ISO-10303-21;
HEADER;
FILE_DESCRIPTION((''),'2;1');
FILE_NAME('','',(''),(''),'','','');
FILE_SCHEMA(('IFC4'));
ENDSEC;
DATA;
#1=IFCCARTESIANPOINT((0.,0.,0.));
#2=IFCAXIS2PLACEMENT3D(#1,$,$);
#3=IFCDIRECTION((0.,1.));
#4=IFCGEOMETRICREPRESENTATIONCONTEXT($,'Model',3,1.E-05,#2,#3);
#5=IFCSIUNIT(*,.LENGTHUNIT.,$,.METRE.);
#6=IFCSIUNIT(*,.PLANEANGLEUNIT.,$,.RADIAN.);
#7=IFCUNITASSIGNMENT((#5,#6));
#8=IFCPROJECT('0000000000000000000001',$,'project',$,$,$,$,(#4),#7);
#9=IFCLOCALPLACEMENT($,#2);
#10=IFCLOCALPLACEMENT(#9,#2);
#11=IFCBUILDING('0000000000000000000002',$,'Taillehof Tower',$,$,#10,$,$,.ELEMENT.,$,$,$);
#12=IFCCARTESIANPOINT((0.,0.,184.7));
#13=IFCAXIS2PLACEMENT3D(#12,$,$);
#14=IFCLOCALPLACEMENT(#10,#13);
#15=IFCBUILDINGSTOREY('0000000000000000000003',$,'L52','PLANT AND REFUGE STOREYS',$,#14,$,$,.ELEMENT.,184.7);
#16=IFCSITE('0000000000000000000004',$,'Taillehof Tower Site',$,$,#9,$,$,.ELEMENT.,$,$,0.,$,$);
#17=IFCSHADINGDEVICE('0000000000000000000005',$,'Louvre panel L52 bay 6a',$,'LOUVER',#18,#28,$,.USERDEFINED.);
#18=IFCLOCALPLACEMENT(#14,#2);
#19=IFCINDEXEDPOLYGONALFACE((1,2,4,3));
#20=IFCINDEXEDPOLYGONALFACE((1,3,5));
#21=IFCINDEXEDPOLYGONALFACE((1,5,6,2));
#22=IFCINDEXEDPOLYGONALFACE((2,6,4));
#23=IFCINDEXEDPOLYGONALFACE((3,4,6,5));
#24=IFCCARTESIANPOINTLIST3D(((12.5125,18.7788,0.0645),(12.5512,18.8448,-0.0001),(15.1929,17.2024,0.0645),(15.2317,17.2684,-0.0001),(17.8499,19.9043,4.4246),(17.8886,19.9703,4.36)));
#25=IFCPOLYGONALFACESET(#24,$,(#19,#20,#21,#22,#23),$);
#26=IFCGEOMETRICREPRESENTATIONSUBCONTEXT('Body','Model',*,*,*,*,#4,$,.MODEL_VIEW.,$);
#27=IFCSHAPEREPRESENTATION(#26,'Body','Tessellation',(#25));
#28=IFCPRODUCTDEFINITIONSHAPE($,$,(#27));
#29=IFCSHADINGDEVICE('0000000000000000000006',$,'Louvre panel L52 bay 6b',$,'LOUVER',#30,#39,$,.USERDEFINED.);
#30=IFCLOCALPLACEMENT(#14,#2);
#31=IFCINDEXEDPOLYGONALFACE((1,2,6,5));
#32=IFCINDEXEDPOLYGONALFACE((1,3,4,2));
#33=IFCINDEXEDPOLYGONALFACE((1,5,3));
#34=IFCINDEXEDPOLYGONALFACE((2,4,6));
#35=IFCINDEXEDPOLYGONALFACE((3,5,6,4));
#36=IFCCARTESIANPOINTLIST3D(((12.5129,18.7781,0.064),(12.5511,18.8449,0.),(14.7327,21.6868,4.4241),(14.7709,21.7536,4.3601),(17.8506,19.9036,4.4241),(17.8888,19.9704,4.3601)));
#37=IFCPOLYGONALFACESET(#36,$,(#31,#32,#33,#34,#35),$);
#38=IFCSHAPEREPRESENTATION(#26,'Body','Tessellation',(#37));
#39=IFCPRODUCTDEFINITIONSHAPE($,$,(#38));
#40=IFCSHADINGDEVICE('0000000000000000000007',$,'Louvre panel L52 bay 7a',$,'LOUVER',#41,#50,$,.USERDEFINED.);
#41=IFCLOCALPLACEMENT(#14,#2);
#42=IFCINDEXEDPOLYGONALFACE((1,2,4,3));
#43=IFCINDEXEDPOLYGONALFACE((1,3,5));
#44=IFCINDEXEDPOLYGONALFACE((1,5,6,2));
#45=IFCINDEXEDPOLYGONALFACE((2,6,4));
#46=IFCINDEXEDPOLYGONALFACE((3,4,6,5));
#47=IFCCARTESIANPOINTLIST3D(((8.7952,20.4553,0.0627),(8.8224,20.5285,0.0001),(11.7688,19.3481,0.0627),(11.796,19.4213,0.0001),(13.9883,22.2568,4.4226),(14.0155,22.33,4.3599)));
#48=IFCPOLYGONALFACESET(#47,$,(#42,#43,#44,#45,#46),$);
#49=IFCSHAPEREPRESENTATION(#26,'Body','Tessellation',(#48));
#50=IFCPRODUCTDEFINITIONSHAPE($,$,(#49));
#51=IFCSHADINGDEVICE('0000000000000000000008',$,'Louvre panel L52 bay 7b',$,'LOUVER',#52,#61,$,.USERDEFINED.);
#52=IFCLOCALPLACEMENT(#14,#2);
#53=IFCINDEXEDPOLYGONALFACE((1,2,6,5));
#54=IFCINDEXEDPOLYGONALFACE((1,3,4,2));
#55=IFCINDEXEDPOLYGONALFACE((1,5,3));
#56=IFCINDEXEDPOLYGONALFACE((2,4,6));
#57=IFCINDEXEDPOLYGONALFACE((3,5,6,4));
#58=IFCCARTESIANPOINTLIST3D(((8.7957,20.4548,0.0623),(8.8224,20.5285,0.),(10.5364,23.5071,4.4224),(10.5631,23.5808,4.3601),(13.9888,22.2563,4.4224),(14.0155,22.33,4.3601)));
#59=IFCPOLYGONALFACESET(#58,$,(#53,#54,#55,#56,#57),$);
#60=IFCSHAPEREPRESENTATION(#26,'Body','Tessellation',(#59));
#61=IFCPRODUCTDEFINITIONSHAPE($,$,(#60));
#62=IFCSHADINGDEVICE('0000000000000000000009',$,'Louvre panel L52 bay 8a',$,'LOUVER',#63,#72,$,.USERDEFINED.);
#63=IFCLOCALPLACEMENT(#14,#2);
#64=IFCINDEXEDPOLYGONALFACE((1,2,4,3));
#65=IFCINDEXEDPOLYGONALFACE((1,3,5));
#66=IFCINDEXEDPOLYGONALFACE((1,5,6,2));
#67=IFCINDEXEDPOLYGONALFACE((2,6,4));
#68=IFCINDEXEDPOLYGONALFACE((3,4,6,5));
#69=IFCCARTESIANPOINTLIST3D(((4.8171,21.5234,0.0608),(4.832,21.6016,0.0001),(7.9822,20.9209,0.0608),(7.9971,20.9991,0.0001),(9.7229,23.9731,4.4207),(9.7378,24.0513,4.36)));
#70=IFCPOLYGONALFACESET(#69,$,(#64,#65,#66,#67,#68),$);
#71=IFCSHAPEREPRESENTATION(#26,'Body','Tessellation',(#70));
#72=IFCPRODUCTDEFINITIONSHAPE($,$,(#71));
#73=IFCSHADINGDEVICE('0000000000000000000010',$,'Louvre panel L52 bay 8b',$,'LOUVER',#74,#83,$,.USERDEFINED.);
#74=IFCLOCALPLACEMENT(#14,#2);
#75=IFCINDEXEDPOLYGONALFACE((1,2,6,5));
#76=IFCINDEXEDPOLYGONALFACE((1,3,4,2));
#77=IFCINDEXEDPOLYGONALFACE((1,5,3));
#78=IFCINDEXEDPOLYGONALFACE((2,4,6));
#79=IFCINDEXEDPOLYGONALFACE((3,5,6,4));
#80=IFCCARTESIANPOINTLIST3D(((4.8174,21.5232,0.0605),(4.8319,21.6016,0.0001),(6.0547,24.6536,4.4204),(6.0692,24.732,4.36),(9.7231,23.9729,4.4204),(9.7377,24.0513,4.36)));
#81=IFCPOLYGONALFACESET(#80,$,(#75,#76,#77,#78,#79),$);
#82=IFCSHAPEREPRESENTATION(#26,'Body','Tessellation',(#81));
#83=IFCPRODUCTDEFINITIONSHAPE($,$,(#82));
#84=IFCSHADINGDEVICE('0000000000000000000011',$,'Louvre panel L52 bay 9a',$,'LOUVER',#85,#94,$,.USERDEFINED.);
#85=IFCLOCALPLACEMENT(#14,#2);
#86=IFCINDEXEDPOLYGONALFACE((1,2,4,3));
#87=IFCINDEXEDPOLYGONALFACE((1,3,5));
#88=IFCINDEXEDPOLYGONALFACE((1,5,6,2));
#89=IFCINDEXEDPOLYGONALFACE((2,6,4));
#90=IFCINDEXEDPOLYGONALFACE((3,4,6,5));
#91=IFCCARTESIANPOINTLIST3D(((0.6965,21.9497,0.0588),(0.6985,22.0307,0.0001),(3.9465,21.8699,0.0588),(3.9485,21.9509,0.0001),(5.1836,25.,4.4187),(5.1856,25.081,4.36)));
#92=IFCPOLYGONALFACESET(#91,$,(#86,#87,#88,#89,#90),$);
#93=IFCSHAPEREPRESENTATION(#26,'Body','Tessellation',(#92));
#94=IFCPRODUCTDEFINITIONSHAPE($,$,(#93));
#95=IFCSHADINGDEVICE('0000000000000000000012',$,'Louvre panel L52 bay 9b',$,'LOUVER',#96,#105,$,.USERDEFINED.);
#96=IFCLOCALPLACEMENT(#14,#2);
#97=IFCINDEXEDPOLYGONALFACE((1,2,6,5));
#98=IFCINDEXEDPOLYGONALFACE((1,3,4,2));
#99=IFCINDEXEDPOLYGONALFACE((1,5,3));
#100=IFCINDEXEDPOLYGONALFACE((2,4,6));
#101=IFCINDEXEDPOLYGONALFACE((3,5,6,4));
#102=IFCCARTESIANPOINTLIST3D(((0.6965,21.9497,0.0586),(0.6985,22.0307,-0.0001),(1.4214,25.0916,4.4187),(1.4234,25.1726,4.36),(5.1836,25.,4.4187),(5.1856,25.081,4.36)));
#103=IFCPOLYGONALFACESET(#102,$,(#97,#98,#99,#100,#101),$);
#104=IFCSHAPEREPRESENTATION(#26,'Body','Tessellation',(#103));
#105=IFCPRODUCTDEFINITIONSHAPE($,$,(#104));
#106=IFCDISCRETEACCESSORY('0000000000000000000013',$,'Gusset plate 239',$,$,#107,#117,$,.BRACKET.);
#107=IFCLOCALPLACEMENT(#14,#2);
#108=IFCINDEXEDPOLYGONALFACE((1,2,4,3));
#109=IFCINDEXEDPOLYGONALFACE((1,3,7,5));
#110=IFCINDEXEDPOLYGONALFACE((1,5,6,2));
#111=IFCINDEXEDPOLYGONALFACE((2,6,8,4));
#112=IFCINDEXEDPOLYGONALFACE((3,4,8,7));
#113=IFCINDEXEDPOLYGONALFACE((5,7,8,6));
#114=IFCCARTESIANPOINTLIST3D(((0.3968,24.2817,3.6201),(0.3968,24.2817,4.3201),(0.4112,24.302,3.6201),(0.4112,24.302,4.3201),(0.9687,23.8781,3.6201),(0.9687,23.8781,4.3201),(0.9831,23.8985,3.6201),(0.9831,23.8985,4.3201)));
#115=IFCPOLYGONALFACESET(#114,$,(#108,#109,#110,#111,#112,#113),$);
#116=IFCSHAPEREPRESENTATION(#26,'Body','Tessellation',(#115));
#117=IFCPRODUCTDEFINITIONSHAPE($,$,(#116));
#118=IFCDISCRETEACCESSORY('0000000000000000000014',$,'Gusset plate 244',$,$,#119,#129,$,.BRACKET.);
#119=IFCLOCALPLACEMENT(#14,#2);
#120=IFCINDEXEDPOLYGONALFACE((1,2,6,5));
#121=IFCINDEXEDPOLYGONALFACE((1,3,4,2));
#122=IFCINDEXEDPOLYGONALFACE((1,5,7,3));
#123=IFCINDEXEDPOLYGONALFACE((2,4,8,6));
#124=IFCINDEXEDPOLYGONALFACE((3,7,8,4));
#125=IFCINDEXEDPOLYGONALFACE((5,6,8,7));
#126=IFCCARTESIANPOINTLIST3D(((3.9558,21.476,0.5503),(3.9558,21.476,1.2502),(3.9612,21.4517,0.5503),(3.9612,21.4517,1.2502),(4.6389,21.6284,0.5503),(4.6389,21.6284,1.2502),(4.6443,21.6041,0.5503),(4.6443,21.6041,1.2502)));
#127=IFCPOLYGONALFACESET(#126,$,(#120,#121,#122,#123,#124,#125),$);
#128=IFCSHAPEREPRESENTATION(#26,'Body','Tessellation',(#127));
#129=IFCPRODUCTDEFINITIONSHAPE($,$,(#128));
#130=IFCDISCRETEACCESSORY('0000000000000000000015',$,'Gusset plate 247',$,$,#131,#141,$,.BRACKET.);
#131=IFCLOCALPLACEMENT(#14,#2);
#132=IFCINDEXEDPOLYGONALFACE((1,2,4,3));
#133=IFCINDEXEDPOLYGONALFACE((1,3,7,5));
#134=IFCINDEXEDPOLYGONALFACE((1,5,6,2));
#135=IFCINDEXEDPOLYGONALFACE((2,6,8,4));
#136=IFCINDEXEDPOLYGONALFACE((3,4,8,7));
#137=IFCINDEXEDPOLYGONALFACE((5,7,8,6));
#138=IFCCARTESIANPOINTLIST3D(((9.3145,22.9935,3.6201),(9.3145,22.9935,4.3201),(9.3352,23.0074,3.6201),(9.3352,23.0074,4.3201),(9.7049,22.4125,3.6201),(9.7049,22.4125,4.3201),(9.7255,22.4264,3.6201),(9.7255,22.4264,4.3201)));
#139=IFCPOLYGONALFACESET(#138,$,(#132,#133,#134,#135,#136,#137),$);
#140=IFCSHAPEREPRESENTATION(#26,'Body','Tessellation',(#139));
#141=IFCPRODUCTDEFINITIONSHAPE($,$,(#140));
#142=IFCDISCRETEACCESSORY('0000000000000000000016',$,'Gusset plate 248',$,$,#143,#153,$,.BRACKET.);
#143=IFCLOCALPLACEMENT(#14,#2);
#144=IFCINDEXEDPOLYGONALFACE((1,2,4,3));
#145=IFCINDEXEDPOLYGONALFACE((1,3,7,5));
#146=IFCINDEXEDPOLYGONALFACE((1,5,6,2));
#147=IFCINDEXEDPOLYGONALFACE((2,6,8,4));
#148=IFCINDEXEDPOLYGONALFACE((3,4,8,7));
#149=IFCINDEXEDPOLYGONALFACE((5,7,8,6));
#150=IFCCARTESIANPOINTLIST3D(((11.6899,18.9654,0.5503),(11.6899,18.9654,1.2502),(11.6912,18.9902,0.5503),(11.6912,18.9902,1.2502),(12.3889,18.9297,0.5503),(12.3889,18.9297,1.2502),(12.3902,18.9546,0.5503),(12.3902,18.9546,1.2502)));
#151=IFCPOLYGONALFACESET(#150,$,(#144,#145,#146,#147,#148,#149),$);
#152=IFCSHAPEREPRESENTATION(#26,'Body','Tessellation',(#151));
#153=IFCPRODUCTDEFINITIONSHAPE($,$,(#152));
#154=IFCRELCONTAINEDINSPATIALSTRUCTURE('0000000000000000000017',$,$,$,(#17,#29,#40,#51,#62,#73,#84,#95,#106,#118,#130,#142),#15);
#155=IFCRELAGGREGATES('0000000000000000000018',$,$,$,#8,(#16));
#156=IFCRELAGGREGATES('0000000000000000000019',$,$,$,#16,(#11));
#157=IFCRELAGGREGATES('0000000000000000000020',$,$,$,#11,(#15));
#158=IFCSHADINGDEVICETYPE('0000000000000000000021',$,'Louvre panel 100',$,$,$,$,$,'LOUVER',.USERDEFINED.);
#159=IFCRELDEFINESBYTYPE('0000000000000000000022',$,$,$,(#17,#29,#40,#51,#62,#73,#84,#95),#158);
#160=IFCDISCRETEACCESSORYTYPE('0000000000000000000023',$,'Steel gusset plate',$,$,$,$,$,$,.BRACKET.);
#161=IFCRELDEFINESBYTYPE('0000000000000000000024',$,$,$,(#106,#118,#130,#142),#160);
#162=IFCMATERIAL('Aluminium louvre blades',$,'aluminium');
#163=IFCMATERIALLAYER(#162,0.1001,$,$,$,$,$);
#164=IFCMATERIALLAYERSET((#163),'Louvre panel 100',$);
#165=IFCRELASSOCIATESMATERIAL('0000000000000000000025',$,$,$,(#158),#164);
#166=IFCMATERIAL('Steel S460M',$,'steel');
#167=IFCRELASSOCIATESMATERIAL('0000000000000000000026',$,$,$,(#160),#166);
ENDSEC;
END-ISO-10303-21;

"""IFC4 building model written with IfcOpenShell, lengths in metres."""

from ifc_helpers import new_model, si_unit, direction, frame, origin, origin_2d, place, context, subcontext, project, spatial, polyline, rectangle, outline, extrude, material, layer, layer_set, type_object, element, save


model = new_model("IFC4")

# Units and contexts
model_context = context("Model", 3, precision=1e-05, world=origin(), true_north=direction((0.0, 1.0)))
body_context = subcontext(model_context, "Body", "Model", "MODEL_VIEW")
ifc_project = project(units=[si_unit("LENGTHUNIT", "METRE"), si_unit("PLANEANGLEUNIT", "RADIAN")], contexts=[model_context])

# Site, building, storey
site_placement = place(None, origin())
site = spatial("IfcSite", under=ifc_project, at=site_placement, Name="Taillehof Tower Site", CompositionType="ELEMENT", RefElevation=0.0)
building_placement = place(site_placement, origin())
building = spatial("IfcBuilding", under=site, at=building_placement, Name="Taillehof Tower", CompositionType="ELEMENT")
storey_placement = place(building_placement, frame((0.0, 0.0, 184.7)))
storey = spatial("IfcBuildingStorey", under=building, at=storey_placement, Name="L52", Description="PLANT AND REFUGE STOREYS", CompositionType="ELEMENT", Elevation=184.7)

# Shading devices
ifc_material_1 = material(Name="Aluminium louvre blades", Category="aluminium")
ifc_layer_1 = layer(ifc_material_1, 0.1001)
ifc_layer_set_1 = layer_set([ifc_layer_1], Name="Louvre panel 100")
shading_device_type = type_object("IfcShadingDeviceType", Name="Louvre panel 100", ElementType="LOUVER", PredefinedType="USERDEFINED", material=ifc_layer_set_1)
shading_device_1_placement = place(storey_placement, frame((15.1929, 17.2024, 0.0645), z_axis=(-0.387584, -0.659018, 0.644573), x_axis=(-0.861977, 0.506948, 0.0)))
element("IfcShadingDevice", 1, at=shading_device_1_placement, inside=storey, type_object=shading_device_type, Name="Louvre panel L52 bay 6a", ObjectType="LOUVER", PredefinedType="USERDEFINED", context=body_context, shape_type="SweptSolid", body=[
    extrude(outline(polyline([(0.0, 0.0), (3.1096, 0.0), (-0.9205, -5.7029), (0.0, 0.0)])), origin(), (0.0, 0.0, -1.0), 0.1001),
])
shading_device_2_placement = place(storey_placement, frame((12.5129, 18.7781, 0.064), z_axis=(-0.381672, -0.66735, 0.639508), x_axis=(0.389977, 0.511019, 0.766014)))
element("IfcShadingDevice", 2, at=shading_device_2_placement, inside=storey, type_object=shading_device_type, Name="Louvre panel L52 bay 6b", ObjectType="LOUVER", PredefinedType="USERDEFINED", context=body_context, shape_type="SweptSolid", body=[
    extrude(outline(polyline([(0.0, 0.0), (5.6919, 0.0), (5.9966, -3.5789), (0.0, 0.0)])), origin(), (0.0, 0.0, -1.0), 0.1001),
])
shading_device_3_placement = place(storey_placement, frame((11.7688, 19.3481, 0.0627), z_axis=(-0.27209, -0.730773, 0.62605), x_axis=(-0.937149, 0.34893, 0.0)))
element("IfcShadingDevice", 3, at=shading_device_3_placement, inside=storey, type_object=shading_device_type, Name="Louvre panel L52 bay 7a", ObjectType="LOUVER", PredefinedType="USERDEFINED", context=body_context, shape_type="SweptSolid", body=[
    extrude(outline(polyline([(0.0, 0.0), (3.1731, 0.0), (-1.0651, -5.5911), (0.0, 0.0)])), origin(), (0.0, 0.0, -1.0), 0.1001),
])
shading_device_4_placement = place(storey_placement, frame((8.7957, 20.4548, 0.0623), z_axis=(-0.266734, -0.736265, 0.621905), x_axis=(0.310859, 0.545071, 0.77863)))
element("IfcShadingDevice", 4, at=shading_device_4_placement, inside=storey, type_object=shading_device_type, Name="Louvre panel L52 bay 7b", ObjectType="LOUVER", PredefinedType="USERDEFINED", context=body_context, shape_type="SweptSolid", body=[
    extrude(outline(polyline([(0.0, 0.0), (5.5997, 0.0), (5.9912, -3.651), (0.0, 0.0)])), origin(), (0.0, 0.0, -1.0), 0.1001),
])
shading_device_5_placement = place(storey_placement, frame((7.9822, 20.9209, 0.0608), z_axis=(-0.148722, -0.781214, 0.60629), x_axis=(-0.982357, 0.187015, 0.0)))
element("IfcShadingDevice", 5, at=shading_device_5_placement, inside=storey, type_object=shading_device_type, Name="Louvre panel L52 bay 8a", ObjectType="LOUVER", PredefinedType="USERDEFINED", context=body_context, shape_type="SweptSolid", body=[
    extrude(outline(polyline([(0.0, 0.0), (3.2219, 0.0), (-1.1392, -5.4824), (0.0, 0.0)])), origin(), (0.0, 0.0, -1.0), 0.1001),
])
shading_device_6_placement = place(storey_placement, frame((4.8174, 21.5232, 0.0605), z_axis=(-0.145404, -0.783661, 0.603931), x_axis=(0.224636, 0.568327, 0.791545)))
element("IfcShadingDevice", 6, at=shading_device_6_placement, inside=storey, type_object=shading_device_type, Name="Louvre panel L52 bay 8b", ObjectType="LOUVER", PredefinedType="USERDEFINED", context=body_context, shape_type="SweptSolid", body=[
    extrude(outline(polyline([(0.0, 0.0), (5.508, 0.0), (5.9453, -3.7054), (0.0, 0.0)])), origin(), (0.0, 0.0, -1.0), 0.1001),
])
shading_device_7_placement = place(storey_placement, frame((3.9465, 21.8699, 0.0588), z_axis=(-0.019884, -0.809484, 0.586804), x_axis=(-0.999698, 0.024557, 0.0)))
element("IfcShadingDevice", 7, at=shading_device_7_placement, inside=storey, type_object=shading_device_type, Name="Louvre panel L52 bay 9a", ObjectType="LOUVER", PredefinedType="USERDEFINED", context=body_context, shape_type="SweptSolid", body=[
    extrude(outline(polyline([(0.0, 0.0), (3.251, 0.0), (-1.1598, -5.3844), (0.0, 0.0)])), origin(), (0.0, 0.0, -1.0), 0.1001),
])
shading_device_8_placement = place(storey_placement, frame((0.6965, 21.9497, 0.0586), z_axis=(-0.019701, -0.809594, 0.58666), x_axis=(0.133667, 0.579373, 0.804027)))
element("IfcShadingDevice", 8, at=shading_device_8_placement, inside=storey, type_object=shading_device_type, Name="Louvre panel L52 bay 9b", ObjectType="LOUVER", PredefinedType="USERDEFINED", context=body_context, shape_type="SweptSolid", body=[
    extrude(outline(polyline([(0.0, 0.0), (5.4228, 0.0), (5.8727, -3.7363), (0.0, 0.0)])), origin(), (0.0, 0.0, -1.0), 0.1001),
])

# Discrete accessories
ifc_material_2 = material(Name="Steel S460M", Category="steel")
discrete_accessory_type = type_object("IfcDiscreteAccessoryType", Name="Steel gusset plate", PredefinedType="BRACKET", material=ifc_material_2)
for number, where, z_axis, x_axis, name in (
    (9, (0.6899, 24.0901, 3.6201), (0.0, 0.0, 1.0), (-0.817073, 0.576534, 0.0), "Gusset plate 239"),
    (10, (4.3, 21.54, 0.5503), (0.0, 0.0, 1.0), (-0.975988, -0.217825, 0.0), "Gusset plate 244"),
    (11, (9.52, 22.71, 3.6201), (0.0, 0.0, 1.0), (-0.557665, 0.830066, 0.0), "Gusset plate 247"),
    (12, (12.04, 18.96, 0.5503), (0.0, 0.0, 1.0), (-0.998702, 0.050942, 0.0), "Gusset plate 248"),
):
    element("IfcDiscreteAccessory", number, at=place(storey_placement, frame(where, z_axis=z_axis, x_axis=x_axis)), inside=storey, type_object=discrete_accessory_type, Name=name, PredefinedType="BRACKET", context=body_context, shape_type="SweptSolid", body=[
        extrude(rectangle(XDim=0.7, YDim=0.0249, at=origin_2d()), origin(), (0.0, 0.0, 1.0), 0.7),
    ])

save(model, "model.ifc")
